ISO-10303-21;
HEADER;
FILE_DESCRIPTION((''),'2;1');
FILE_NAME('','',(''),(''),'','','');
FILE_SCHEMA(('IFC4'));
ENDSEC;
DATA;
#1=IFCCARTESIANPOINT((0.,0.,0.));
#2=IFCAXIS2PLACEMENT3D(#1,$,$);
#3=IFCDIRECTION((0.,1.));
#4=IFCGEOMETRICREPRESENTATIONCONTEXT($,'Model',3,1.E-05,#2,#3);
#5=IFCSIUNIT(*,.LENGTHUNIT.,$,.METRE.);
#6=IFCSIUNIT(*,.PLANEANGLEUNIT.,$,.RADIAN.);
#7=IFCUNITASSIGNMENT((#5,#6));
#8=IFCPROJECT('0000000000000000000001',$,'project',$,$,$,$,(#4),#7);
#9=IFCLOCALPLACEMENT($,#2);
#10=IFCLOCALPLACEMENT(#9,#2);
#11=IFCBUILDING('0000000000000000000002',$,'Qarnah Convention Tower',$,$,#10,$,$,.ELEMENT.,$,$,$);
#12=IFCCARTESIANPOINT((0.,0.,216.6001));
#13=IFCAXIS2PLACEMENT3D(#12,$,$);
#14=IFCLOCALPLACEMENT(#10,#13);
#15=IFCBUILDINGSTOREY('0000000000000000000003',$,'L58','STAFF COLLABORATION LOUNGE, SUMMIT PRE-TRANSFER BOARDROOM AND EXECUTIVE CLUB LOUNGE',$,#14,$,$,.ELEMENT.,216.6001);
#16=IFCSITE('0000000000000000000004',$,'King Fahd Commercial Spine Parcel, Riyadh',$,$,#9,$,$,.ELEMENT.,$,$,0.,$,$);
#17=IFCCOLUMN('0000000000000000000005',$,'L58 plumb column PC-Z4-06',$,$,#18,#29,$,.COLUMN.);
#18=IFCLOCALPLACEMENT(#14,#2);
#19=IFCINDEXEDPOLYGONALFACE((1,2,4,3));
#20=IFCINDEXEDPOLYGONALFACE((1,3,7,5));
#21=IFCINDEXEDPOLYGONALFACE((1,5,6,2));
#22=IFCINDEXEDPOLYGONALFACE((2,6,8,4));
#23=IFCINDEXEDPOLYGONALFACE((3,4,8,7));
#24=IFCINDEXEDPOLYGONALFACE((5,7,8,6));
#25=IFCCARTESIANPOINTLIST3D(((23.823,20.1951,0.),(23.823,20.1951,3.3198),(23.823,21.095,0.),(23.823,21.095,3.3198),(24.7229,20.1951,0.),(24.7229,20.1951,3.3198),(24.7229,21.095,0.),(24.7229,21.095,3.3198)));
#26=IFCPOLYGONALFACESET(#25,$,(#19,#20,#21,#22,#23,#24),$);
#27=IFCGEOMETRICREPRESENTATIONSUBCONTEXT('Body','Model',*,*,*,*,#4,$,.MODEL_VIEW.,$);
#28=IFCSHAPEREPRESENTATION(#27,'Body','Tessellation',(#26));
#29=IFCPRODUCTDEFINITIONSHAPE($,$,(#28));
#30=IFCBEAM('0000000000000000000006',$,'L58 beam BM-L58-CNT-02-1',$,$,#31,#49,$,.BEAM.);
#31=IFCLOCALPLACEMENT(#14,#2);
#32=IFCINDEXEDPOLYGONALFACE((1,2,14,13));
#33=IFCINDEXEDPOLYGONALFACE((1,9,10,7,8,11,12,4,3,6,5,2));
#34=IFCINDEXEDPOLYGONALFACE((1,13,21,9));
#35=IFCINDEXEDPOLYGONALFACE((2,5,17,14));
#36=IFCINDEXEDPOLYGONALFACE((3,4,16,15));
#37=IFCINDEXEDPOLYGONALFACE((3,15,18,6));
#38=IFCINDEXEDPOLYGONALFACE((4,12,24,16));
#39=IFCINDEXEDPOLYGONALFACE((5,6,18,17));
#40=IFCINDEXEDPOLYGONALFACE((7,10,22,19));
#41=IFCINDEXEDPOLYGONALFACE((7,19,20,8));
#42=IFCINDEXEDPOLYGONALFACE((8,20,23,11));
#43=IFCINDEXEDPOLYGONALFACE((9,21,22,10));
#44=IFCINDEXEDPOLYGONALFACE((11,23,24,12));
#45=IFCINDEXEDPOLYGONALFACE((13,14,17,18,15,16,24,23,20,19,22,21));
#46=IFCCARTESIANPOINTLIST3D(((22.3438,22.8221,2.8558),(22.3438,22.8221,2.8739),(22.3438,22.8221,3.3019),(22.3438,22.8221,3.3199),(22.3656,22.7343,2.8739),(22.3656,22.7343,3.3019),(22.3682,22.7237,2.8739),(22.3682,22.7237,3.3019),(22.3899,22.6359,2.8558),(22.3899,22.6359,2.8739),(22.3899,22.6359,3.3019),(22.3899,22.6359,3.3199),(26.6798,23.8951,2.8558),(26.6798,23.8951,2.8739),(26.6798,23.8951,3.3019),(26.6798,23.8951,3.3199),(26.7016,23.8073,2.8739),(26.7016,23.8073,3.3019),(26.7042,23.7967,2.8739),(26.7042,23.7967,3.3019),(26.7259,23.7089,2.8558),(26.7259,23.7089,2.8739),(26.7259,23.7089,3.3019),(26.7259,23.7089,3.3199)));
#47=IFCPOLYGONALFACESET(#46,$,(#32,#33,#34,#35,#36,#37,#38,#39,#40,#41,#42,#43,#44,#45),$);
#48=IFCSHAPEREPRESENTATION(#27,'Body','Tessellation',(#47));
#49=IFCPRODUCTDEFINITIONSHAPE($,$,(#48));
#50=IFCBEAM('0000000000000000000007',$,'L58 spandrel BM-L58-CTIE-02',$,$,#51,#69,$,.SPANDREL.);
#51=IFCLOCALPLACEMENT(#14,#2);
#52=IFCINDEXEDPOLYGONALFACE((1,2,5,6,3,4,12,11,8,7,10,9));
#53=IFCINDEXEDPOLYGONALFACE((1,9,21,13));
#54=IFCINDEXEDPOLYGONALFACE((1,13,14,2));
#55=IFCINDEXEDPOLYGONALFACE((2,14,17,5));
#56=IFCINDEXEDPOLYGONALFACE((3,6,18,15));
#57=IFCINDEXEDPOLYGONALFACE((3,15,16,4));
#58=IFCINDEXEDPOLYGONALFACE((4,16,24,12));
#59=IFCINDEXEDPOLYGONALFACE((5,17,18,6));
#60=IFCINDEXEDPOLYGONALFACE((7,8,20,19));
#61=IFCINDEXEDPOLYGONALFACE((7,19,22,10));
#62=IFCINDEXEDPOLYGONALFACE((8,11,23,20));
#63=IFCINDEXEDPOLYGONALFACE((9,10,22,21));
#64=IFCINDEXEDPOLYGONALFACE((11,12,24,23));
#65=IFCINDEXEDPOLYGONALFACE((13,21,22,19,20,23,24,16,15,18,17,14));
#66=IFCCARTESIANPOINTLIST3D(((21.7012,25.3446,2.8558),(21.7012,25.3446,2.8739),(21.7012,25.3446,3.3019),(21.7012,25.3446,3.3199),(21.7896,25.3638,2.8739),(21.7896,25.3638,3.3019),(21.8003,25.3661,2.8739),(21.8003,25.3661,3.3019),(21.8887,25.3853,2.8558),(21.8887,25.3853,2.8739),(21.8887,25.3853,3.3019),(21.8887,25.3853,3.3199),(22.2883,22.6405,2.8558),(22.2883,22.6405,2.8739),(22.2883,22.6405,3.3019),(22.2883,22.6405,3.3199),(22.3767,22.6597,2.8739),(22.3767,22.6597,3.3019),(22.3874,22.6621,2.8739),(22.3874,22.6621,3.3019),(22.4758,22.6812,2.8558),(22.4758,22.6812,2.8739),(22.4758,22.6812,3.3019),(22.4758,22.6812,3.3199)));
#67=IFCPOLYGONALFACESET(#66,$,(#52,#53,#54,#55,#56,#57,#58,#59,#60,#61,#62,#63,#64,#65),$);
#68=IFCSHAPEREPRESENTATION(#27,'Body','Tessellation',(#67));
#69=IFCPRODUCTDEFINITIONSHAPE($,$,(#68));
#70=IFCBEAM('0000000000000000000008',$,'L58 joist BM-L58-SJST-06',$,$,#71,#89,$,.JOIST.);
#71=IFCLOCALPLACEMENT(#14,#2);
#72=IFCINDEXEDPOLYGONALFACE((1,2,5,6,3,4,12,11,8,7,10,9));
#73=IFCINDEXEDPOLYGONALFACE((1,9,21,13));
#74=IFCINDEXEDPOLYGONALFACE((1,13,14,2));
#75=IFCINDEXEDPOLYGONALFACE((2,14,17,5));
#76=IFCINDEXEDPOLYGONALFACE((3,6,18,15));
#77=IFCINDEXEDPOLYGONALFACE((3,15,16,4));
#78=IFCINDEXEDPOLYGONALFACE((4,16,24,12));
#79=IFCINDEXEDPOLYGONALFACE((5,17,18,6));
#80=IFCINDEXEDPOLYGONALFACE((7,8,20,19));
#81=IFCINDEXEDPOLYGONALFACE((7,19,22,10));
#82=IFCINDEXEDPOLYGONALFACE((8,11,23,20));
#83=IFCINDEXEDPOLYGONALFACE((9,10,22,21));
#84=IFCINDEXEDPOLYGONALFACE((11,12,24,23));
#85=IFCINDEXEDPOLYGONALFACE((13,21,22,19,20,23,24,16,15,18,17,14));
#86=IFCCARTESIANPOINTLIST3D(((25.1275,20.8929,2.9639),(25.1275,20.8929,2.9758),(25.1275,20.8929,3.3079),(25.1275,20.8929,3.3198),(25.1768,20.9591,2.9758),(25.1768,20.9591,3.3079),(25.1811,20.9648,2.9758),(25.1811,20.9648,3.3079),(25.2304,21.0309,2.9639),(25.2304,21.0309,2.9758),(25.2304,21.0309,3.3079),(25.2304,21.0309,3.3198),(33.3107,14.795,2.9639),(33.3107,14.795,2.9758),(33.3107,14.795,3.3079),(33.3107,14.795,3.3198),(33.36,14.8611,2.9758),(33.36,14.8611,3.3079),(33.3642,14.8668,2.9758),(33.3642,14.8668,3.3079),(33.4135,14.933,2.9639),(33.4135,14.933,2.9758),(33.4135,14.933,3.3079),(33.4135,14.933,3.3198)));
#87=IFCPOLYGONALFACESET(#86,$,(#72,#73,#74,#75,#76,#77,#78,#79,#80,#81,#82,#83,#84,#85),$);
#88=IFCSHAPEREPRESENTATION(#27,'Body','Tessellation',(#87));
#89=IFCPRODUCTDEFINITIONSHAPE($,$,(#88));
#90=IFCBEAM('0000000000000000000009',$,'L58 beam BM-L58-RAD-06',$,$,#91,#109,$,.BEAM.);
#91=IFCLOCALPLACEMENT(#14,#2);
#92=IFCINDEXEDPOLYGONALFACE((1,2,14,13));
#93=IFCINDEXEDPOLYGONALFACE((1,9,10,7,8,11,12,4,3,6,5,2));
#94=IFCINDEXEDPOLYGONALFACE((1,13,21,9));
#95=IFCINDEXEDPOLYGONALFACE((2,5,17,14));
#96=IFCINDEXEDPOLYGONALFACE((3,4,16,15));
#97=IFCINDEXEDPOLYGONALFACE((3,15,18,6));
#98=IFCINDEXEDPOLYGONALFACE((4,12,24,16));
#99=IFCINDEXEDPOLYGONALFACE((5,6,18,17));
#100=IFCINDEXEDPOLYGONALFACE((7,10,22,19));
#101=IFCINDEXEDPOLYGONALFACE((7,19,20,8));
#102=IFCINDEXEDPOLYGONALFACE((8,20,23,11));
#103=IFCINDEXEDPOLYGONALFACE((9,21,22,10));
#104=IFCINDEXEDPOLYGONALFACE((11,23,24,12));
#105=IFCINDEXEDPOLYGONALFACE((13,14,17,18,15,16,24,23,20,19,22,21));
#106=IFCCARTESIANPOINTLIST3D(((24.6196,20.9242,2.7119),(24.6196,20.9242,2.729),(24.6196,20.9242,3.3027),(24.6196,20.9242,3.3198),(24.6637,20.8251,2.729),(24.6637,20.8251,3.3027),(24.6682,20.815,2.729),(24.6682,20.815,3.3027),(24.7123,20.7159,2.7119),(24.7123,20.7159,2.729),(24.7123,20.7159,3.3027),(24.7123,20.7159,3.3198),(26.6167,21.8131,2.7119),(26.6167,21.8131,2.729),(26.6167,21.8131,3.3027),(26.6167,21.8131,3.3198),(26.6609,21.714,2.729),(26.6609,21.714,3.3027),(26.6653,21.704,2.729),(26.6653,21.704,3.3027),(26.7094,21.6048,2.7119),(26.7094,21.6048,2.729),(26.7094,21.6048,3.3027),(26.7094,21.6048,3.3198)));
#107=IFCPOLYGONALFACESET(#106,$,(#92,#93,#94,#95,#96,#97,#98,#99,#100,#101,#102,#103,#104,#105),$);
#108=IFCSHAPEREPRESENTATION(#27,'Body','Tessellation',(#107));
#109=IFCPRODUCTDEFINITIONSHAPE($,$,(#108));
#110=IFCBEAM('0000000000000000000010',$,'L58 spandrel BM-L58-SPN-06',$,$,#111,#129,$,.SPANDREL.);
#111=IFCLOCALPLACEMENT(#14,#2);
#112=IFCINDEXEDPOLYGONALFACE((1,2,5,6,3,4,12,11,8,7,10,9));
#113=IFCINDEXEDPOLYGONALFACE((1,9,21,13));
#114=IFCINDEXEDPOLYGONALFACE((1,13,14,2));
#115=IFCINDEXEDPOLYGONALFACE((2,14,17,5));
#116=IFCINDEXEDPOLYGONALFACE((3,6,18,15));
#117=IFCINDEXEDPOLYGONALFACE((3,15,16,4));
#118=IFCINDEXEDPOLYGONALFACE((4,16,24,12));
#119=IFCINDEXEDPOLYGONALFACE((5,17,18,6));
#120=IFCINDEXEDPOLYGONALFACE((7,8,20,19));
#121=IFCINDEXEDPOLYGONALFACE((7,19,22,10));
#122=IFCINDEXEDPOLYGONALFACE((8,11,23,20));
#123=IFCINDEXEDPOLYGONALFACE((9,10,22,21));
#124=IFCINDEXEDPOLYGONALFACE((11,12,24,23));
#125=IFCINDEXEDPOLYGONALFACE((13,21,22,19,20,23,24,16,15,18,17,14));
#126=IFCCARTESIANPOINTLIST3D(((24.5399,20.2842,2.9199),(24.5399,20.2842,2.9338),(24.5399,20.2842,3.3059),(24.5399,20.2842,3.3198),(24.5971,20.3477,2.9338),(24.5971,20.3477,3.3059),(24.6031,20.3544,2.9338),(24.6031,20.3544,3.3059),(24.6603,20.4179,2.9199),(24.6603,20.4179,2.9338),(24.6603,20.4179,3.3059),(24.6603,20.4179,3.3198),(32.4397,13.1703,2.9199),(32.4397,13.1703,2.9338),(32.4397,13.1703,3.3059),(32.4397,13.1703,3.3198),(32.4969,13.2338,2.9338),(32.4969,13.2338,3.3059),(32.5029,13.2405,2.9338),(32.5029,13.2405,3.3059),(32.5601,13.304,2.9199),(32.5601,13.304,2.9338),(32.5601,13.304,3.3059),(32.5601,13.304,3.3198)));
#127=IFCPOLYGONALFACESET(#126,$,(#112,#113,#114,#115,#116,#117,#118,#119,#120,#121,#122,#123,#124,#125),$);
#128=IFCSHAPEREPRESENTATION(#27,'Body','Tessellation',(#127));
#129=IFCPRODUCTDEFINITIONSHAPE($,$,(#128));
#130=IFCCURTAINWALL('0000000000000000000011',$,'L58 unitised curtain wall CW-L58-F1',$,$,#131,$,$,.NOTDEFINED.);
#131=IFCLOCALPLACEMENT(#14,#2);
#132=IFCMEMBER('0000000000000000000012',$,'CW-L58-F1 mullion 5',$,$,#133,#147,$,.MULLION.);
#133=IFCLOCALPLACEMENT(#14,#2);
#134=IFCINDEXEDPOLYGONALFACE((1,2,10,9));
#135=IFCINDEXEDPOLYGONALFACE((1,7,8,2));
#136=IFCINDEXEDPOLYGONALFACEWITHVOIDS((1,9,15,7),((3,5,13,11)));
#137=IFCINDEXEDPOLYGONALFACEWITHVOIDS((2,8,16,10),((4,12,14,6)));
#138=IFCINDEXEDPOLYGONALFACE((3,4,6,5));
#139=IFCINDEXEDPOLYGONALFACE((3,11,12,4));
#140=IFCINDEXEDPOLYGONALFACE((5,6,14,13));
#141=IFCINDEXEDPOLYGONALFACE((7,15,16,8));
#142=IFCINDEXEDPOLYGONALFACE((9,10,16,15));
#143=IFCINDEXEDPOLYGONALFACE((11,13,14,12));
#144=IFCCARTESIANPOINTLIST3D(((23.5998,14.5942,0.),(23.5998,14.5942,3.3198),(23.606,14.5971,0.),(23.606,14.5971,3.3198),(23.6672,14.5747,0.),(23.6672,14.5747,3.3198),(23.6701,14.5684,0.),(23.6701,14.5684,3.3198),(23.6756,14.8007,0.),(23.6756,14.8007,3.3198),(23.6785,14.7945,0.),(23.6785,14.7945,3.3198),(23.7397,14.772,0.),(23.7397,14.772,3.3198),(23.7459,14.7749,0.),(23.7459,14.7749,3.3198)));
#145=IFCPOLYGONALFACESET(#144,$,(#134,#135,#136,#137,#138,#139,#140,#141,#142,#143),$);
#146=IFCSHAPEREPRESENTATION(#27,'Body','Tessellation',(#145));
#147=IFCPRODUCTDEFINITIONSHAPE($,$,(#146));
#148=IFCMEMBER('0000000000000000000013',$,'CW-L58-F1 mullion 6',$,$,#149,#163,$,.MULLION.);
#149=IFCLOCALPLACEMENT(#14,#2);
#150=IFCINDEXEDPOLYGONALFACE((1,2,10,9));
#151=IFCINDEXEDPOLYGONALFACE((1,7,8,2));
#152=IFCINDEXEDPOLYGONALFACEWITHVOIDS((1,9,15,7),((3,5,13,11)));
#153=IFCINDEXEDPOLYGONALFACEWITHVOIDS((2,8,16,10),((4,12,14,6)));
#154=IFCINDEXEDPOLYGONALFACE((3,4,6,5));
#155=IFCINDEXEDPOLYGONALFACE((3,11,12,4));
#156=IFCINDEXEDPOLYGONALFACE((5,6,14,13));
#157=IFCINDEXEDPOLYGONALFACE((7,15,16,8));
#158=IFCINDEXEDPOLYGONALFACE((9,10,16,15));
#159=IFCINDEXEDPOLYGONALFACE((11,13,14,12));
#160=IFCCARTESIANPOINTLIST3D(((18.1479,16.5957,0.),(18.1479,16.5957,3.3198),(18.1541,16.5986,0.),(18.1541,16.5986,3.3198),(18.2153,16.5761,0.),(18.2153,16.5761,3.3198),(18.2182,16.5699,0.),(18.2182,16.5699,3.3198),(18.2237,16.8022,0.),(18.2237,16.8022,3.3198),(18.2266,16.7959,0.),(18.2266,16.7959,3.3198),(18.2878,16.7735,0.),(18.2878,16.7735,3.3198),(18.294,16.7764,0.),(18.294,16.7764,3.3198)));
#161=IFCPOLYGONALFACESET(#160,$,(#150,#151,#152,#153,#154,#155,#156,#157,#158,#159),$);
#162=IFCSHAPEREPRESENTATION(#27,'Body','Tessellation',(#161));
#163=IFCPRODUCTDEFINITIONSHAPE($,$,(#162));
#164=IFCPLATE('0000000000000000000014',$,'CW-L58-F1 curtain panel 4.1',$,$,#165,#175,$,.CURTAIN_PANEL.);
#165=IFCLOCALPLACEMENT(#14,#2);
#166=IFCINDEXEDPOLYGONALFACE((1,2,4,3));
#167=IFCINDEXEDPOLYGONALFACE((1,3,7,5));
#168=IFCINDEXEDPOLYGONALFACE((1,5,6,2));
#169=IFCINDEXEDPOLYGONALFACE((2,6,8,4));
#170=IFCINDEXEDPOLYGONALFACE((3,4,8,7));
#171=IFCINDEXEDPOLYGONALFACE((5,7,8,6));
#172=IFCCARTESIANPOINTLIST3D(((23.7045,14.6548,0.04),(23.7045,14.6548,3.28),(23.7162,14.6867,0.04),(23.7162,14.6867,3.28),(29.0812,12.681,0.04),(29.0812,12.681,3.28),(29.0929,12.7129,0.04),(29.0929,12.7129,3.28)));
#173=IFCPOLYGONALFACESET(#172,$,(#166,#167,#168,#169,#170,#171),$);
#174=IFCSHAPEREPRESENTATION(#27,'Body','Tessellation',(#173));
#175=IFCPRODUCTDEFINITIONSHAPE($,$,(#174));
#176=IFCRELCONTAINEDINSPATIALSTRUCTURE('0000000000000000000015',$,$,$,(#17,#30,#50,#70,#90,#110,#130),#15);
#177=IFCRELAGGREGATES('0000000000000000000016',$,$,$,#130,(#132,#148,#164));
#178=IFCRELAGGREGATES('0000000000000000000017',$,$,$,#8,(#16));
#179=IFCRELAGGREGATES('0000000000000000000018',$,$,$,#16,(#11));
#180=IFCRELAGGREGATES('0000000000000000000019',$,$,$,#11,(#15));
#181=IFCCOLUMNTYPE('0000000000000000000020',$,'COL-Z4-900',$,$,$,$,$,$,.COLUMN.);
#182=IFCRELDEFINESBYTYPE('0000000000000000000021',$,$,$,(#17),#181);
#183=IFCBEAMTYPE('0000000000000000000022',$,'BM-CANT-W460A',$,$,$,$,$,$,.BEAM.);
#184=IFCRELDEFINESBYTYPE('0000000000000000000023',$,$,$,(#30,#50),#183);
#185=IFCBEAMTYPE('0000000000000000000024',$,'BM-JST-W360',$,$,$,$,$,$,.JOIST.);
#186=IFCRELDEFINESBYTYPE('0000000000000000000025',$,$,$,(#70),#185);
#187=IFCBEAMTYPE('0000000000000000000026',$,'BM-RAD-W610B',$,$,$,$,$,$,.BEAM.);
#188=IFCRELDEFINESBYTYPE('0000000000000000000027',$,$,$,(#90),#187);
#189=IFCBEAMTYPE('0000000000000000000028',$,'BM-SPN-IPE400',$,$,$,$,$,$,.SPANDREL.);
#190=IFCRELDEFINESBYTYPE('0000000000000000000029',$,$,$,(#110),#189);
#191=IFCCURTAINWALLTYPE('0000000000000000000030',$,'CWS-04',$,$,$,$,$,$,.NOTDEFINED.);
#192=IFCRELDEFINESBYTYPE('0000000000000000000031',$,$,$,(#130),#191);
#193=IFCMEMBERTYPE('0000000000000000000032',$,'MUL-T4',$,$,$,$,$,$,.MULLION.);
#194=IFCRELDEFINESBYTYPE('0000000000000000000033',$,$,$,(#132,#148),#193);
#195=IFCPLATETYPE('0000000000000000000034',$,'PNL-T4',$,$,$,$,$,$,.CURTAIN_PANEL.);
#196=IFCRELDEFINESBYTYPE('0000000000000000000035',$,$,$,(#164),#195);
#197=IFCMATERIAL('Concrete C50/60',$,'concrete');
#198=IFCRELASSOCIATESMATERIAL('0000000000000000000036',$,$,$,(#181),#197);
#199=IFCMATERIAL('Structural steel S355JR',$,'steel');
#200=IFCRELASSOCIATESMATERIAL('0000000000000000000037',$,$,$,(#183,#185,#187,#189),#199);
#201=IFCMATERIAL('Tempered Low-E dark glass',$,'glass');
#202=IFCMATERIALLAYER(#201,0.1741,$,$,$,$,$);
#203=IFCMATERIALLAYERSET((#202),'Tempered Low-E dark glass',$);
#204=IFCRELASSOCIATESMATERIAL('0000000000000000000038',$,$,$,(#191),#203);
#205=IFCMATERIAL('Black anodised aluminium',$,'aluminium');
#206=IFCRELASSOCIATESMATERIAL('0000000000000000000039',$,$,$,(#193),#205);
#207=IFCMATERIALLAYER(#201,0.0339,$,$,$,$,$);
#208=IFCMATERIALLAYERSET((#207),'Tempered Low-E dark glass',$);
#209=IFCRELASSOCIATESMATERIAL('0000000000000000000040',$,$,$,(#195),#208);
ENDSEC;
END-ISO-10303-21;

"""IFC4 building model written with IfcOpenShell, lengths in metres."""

from ifc_helpers import new_model, si_unit, direction, frame, origin, origin_2d, place, context, subcontext, project, spatial, rectangle, hollow_rectangle, i_section, extrude, material, layer, layer_set, material_profile, profile_set, type_object, element, aggregate, save


model = new_model("IFC4")

# Units and contexts
model_context = context("Model", 3, precision=1e-05, world=origin(), true_north=direction((0.0, 1.0)))
body_context = subcontext(model_context, "Body", "Model", "MODEL_VIEW")
ifc_project = project(units=[si_unit("LENGTHUNIT", "METRE"), si_unit("PLANEANGLEUNIT", "RADIAN")], contexts=[model_context])

# Site, building, storey
site_placement = place(None, origin())
site = spatial("IfcSite", under=ifc_project, at=site_placement, Name="King Fahd Commercial Spine Parcel, Riyadh", CompositionType="ELEMENT", RefElevation=0.0)
building_placement = place(site_placement, origin())
building = spatial("IfcBuilding", under=site, at=building_placement, Name="Qarnah Convention Tower", CompositionType="ELEMENT")
storey_placement = place(building_placement, frame((0.0, 0.0, 216.6001)))
storey = spatial("IfcBuildingStorey", under=building, at=storey_placement, Name="L58", Description="STAFF COLLABORATION LOUNGE, SUMMIT PRE-TRANSFER BOARDROOM AND EXECUTIVE CLUB LOUNGE", CompositionType="ELEMENT", Elevation=216.6001)

# Column
ifc_material_1 = material(Name="Concrete C50/60", Category="concrete")
ifc_material_profile_1 = material_profile(ifc_material_1, rectangle(XDim=0.8999, YDim=0.8999, at=origin_2d()), Name="RC-COL-900X900")
ifc_profile_set_1 = profile_set([ifc_material_profile_1], Name="Concrete C50/60")
column_type = type_object("IfcColumnType", Name="COL-Z4-900", PredefinedType="COLUMN", material=ifc_profile_set_1)
column_placement = place(storey_placement, frame((24.2729, 20.645, 0.0), z_axis=(0.0, 0.0, 1.0), x_axis=(1.0, 0.0, 0.0)))
element("IfcColumn", 1, at=column_placement, inside=storey, type_object=column_type, Name="L58 plumb column PC-Z4-06", PredefinedType="COLUMN", context=body_context, shape_type="SweptSolid", body=[
    extrude(rectangle(XDim=0.8999, YDim=0.8999, at=origin_2d()), origin(), (0.0, 0.0, 1.0), 3.3198),
])

# Beams
ifc_material_2 = material(Name="Structural steel S355JR", Category="steel")
ifc_material_profile_2 = material_profile(ifc_material_2, i_section(OverallWidth=0.1919, OverallDepth=0.4641, WebThickness=0.011, FlangeThickness=0.0181, at=origin_2d()), Name="W460X89")
ifc_profile_set_2 = profile_set([ifc_material_profile_2], Name="Structural steel S355JR")
beam_type_1 = type_object("IfcBeamType", Name="BM-CANT-W460A", PredefinedType="BEAM", material=ifc_profile_set_2)
beam_1_placement = place(storey_placement, frame((26.7029, 23.802, 3.0879), z_axis=(-0.970718, -0.24022, 0.0), x_axis=(0.24022, -0.970718, 0.0)))
element("IfcBeam", 2, at=beam_1_placement, inside=storey, type_object=beam_type_1, Name="L58 beam BM-L58-CNT-02-1", PredefinedType="BEAM", context=body_context, shape_type="SweptSolid", body=[
    extrude(i_section(OverallWidth=0.1919, OverallDepth=0.4641, WebThickness=0.011, FlangeThickness=0.0181, at=origin_2d()), origin(), (0.0, 0.0, 1.0), 4.4668),
])
beam_2_placement = place(storey_placement, frame((22.3821, 22.6609, 3.0879), z_axis=(-0.212192, 0.977228, 0.0), x_axis=(-0.977228, -0.212192, 0.0)))
element("IfcBeam", 3, at=beam_2_placement, inside=storey, type_object=beam_type_1, Name="L58 spandrel BM-L58-CTIE-02", PredefinedType="SPANDREL", context=body_context, shape_type="SweptSolid", body=[
    extrude(i_section(OverallWidth=0.1919, OverallDepth=0.4641, WebThickness=0.011, FlangeThickness=0.0181, at=origin_2d()), origin(), (0.0, 0.0, 1.0), 2.7671),
])
ifc_material_profile_3 = material_profile(ifc_material_2, i_section(OverallWidth=0.1721, OverallDepth=0.356, WebThickness=0.0071, FlangeThickness=0.012, at=origin_2d()), Name="W360X51")
ifc_profile_set_3 = profile_set([ifc_material_profile_3], Name="Structural steel S355JR")
beam_type_2 = type_object("IfcBeamType", Name="BM-JST-W360", PredefinedType="JOIST", material=ifc_profile_set_3)
beam_3_placement = place(storey_placement, frame((25.179, 20.9619, 3.1418), z_axis=(0.801851, -0.597524, 0.0), x_axis=(0.597524, 0.801851, 0.0)))
element("IfcBeam", 4, at=beam_3_placement, inside=storey, type_object=beam_type_2, Name="L58 joist BM-L58-SJST-06", PredefinedType="JOIST", context=body_context, shape_type="SweptSolid", body=[
    extrude(i_section(OverallWidth=0.1721, OverallDepth=0.356, WebThickness=0.0071, FlangeThickness=0.012, at=origin_2d()), origin(), (0.0, 0.0, 1.0), 10.2053),
])
ifc_material_profile_4 = material_profile(ifc_material_2, i_section(OverallWidth=0.228, OverallDepth=0.6079, WebThickness=0.011, FlangeThickness=0.0171, at=origin_2d()), Name="W610X113")
ifc_profile_set_4 = profile_set([ifc_material_profile_4], Name="Structural steel S355JR")
beam_type_3 = type_object("IfcBeamType", Name="BM-RAD-W610B", PredefinedType="BEAM", material=ifc_profile_set_4)
beam_4_placement = place(storey_placement, frame((26.6631, 21.709, 3.0159), z_axis=(-0.913586, -0.406646, 0.0), x_axis=(0.406646, -0.913586, 0.0)))
element("IfcBeam", 5, at=beam_4_placement, inside=storey, type_object=beam_type_3, Name="L58 beam BM-L58-RAD-06", PredefinedType="BEAM", context=body_context, shape_type="SweptSolid", body=[
    extrude(i_section(OverallWidth=0.228, OverallDepth=0.6079, WebThickness=0.011, FlangeThickness=0.0171, at=origin_2d()), origin(), (0.0, 0.0, 1.0), 2.186),
])
ifc_material_profile_5 = material_profile(ifc_material_2, i_section(OverallWidth=0.1799, OverallDepth=0.3999, WebThickness=0.009, FlangeThickness=0.0139, at=origin_2d()), Name="IPE400")
ifc_profile_set_5 = profile_set([ifc_material_profile_5], Name="Structural steel S355JR")
beam_type_4 = type_object("IfcBeamType", Name="BM-SPN-IPE400", PredefinedType="SPANDREL", material=ifc_profile_set_5)
beam_5_placement = place(storey_placement, frame((24.6001, 20.3511, 3.1199), z_axis=(0.743102, -0.669178, 0.0), x_axis=(0.669178, 0.743102, 0.0)))
element("IfcBeam", 6, at=beam_5_placement, inside=storey, type_object=beam_type_4, Name="L58 spandrel BM-L58-SPN-06", PredefinedType="SPANDREL", context=body_context, shape_type="SweptSolid", body=[
    extrude(i_section(OverallWidth=0.1799, OverallDepth=0.3999, WebThickness=0.009, FlangeThickness=0.0139, at=origin_2d()), origin(), (0.0, 0.0, 1.0), 10.6309),
])

# Curtain wall, members, plate
ifc_material_3 = material(Name="Tempered Low-E dark glass", Category="glass")
ifc_layer_1 = layer(ifc_material_3, 0.1741)
ifc_layer_set_1 = layer_set([ifc_layer_1], Name="Tempered Low-E dark glass")
curtain_wall_type = type_object("IfcCurtainWallType", Name="CWS-04", PredefinedType="NOTDEFINED", material=ifc_layer_set_1)
curtain_wall_placement = place(storey_placement, origin())
curtain_wall = element("IfcCurtainWall", 7, at=curtain_wall_placement, inside=storey, type_object=curtain_wall_type, Name="L58 unitised curtain wall CW-L58-F1", PredefinedType="NOTDEFINED")
ifc_material_4 = material(Name="Black anodised aluminium", Category="aluminium")
ifc_material_profile_6 = material_profile(ifc_material_4, hollow_rectangle(XDim=0.075, YDim=0.22, WallThickness=0.0049, at=origin_2d()), Name="MUL-75X220")
ifc_profile_set_6 = profile_set([ifc_material_profile_6], Name="Black anodised aluminium")
member_type = type_object("IfcMemberType", Name="MUL-T4", PredefinedType="MULLION", material=ifc_profile_set_6)
member_1_placement = place(storey_placement, frame((23.6729, 14.6846, 0.0), z_axis=(0.0, 0.0, 1.0), x_axis=(-0.938742, 0.34462, 0.0)))
member_1 = element("IfcMember", 8, at=member_1_placement, type_object=member_type, Name="CW-L58-F1 mullion 5", PredefinedType="MULLION", context=body_context, shape_type="SweptSolid", body=[
    extrude(hollow_rectangle(XDim=0.075, YDim=0.22, WallThickness=0.0049, at=origin_2d()), origin(), (0.0, 0.0, 1.0), 3.3198),
])
member_2_placement = place(storey_placement, frame((18.2209, 16.686, 0.0), z_axis=(0.0, 0.0, 1.0), x_axis=(-0.938742, 0.34462, 0.0)))
member_2 = element("IfcMember", 9, at=member_2_placement, type_object=member_type, Name="CW-L58-F1 mullion 6", PredefinedType="MULLION", context=body_context, shape_type="SweptSolid", body=[
    extrude(hollow_rectangle(XDim=0.075, YDim=0.22, WallThickness=0.0049, at=origin_2d()), origin(), (0.0, 0.0, 1.0), 3.3198),
])
ifc_layer_2 = layer(ifc_material_3, 0.0339)
ifc_layer_set_2 = layer_set([ifc_layer_2], Name="Tempered Low-E dark glass")
plate_type = type_object("IfcPlateType", Name="PNL-T4", PredefinedType="CURTAIN_PANEL", material=ifc_layer_set_2)
plate_1_placement = place(storey_placement, frame((26.3987, 13.6838, 0.04), z_axis=(0.0, 0.0, 1.0), x_axis=(-0.938742, 0.34462, 0.0)))
plate_1 = element("IfcPlate", 10, at=plate_1_placement, type_object=plate_type, Name="CW-L58-F1 curtain panel 4.1", PredefinedType="CURTAIN_PANEL", context=body_context, shape_type="SweptSolid", body=[
    extrude(rectangle(XDim=5.7275, YDim=0.0339, at=origin_2d()), origin(), (0.0, 0.0, 1.0), 3.24),
])
aggregate(curtain_wall, [member_1, member_2, plate_1])

save(model, "model.ifc")
